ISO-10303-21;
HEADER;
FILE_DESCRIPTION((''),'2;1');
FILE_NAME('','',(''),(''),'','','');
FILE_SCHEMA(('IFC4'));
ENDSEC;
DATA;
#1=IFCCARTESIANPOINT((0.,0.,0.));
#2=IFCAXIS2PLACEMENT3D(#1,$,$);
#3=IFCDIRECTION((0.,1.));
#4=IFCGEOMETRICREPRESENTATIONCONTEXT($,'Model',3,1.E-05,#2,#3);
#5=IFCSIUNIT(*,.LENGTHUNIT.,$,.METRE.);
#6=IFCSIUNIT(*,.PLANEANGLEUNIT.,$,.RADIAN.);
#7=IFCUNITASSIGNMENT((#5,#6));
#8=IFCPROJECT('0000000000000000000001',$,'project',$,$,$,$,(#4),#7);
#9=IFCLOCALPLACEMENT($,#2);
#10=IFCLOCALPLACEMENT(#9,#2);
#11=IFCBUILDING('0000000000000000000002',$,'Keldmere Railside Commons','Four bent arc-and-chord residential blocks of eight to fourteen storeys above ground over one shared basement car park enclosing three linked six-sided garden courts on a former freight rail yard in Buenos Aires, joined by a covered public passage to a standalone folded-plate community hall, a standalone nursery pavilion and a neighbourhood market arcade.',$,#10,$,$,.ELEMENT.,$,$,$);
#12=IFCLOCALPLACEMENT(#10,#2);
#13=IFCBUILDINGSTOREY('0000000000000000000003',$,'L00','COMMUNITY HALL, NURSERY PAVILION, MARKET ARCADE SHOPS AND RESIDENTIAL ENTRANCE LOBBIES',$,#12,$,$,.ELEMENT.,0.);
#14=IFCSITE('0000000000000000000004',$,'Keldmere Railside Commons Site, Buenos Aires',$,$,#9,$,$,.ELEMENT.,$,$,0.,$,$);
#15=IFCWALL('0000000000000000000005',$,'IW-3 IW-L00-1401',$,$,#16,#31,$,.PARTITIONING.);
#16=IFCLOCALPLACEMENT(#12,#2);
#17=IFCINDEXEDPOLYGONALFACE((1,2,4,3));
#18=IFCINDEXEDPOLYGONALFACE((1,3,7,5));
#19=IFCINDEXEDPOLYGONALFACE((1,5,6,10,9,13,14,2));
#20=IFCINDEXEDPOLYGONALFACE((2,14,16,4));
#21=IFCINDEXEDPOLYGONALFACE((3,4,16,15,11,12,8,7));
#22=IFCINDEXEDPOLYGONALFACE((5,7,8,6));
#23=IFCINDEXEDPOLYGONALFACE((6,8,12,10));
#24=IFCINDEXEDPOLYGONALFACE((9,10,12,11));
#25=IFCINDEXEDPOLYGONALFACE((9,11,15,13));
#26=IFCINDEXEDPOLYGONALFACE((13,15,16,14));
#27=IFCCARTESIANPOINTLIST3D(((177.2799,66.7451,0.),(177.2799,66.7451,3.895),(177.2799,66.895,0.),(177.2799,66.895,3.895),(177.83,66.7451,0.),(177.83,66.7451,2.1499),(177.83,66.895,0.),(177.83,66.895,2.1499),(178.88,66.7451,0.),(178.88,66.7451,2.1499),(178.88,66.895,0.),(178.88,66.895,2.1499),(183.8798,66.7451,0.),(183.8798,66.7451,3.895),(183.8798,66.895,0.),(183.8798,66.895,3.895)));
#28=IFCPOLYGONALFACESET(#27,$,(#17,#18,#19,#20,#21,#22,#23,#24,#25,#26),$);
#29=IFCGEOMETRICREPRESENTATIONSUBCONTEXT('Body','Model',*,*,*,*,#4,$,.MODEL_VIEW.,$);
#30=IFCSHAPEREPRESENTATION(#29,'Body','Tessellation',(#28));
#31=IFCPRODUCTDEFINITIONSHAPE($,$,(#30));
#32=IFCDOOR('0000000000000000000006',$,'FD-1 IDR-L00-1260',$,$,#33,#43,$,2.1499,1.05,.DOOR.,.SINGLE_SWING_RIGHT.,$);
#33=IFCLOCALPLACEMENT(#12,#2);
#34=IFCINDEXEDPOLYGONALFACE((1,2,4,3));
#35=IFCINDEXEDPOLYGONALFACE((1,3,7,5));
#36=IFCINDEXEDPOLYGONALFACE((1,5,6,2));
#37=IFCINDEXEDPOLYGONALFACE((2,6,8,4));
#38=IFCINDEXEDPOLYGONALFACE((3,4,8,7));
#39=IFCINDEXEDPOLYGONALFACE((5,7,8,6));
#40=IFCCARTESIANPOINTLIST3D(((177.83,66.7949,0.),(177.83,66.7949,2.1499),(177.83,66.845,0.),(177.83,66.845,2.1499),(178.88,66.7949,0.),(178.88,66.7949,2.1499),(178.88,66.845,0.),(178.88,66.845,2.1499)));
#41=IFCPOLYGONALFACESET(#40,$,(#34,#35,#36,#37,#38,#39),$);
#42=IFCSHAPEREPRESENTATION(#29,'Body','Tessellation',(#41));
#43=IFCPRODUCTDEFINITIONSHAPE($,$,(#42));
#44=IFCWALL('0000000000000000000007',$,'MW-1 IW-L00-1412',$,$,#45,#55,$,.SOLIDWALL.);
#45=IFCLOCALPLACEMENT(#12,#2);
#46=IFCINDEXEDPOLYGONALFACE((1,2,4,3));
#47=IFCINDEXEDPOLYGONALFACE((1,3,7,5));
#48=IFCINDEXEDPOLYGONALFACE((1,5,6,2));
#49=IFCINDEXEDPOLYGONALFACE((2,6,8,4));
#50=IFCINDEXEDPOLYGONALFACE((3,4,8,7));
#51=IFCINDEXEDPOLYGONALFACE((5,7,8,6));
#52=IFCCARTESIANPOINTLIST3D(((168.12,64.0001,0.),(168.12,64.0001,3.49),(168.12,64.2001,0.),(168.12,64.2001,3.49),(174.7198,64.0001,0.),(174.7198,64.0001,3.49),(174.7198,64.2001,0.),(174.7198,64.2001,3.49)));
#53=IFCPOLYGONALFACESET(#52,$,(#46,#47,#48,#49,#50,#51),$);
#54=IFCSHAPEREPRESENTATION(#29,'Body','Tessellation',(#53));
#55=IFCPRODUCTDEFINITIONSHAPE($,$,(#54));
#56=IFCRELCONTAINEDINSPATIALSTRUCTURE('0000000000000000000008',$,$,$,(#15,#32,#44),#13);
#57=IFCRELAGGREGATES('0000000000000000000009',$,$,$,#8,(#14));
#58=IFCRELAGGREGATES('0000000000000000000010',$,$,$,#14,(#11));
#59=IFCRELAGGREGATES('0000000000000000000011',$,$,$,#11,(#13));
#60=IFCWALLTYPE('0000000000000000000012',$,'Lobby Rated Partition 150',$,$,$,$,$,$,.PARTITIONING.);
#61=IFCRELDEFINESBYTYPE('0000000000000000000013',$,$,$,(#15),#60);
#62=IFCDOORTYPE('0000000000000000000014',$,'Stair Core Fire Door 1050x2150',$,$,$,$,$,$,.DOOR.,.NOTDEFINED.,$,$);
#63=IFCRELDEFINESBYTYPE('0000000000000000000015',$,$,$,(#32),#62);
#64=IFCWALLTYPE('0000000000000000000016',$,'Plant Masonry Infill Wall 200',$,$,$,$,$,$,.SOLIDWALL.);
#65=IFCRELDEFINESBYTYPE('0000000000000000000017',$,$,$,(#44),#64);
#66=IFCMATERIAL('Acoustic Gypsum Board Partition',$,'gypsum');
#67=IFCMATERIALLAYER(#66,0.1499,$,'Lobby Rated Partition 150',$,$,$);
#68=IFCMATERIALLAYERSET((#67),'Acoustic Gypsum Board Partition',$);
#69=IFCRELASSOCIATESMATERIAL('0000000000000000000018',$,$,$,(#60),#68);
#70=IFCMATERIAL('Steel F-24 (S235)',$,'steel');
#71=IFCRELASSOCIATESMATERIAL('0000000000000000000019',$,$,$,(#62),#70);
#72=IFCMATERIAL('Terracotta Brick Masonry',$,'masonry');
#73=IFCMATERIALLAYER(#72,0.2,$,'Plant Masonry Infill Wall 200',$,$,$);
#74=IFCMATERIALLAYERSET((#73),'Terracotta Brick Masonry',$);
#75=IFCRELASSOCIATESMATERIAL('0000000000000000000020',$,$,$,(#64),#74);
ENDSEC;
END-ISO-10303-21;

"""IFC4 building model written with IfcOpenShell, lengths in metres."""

from ifc_helpers import new_model, si_unit, direction, frame, frame_2d, origin, place, context, subcontext, project, spatial, rectangle, extrude, material, layer, layer_set, type_object, element, fill, save


model = new_model("IFC4")

# Units and contexts
model_context = context("Model", 3, precision=1e-05, world=origin(), true_north=direction((0.0, 1.0)))
body_context = subcontext(model_context, "Body", "Model", "MODEL_VIEW")
ifc_project = project(units=[si_unit("LENGTHUNIT", "METRE"), si_unit("PLANEANGLEUNIT", "RADIAN")], contexts=[model_context])

# Site, building, storey
site_placement = place(None, origin())
site = spatial("IfcSite", under=ifc_project, at=site_placement, Name="Keldmere Railside Commons Site, Buenos Aires", CompositionType="ELEMENT", RefElevation=0.0)
building_placement = place(site_placement, origin())
building = spatial("IfcBuilding", under=site, at=building_placement, Name="Keldmere Railside Commons", Description="Four bent arc-and-chord residential blocks of eight to fourteen storeys above ground over one shared basement car park enclosing three linked six-sided garden courts on a former freight rail yard in Buenos Aires, joined by a covered public passage to a standalone folded-plate community hall, a standalone nursery pavilion and a neighbourhood market arcade.", CompositionType="ELEMENT")
storey_placement = place(building_placement, origin())
storey = spatial("IfcBuildingStorey", under=building, at=storey_placement, Name="L00", Description="COMMUNITY HALL, NURSERY PAVILION, MARKET ARCADE SHOPS AND RESIDENTIAL ENTRANCE LOBBIES", CompositionType="ELEMENT", Elevation=0.0)

# Wall, opening, door
ifc_material_1 = material(Name="Acoustic Gypsum Board Partition", Category="gypsum")
ifc_layer_1 = layer(ifc_material_1, 0.1499, Name="Lobby Rated Partition 150")
ifc_layer_set_1 = layer_set([ifc_layer_1], Name="Acoustic Gypsum Board Partition")
wall_type_1 = type_object("IfcWallType", Name="Lobby Rated Partition 150", PredefinedType="PARTITIONING", material=ifc_layer_set_1)
wall_1_placement = place(storey_placement, frame((177.28, 66.8201, 0.0), z_axis=(0.0, 0.0, 1.0), x_axis=(1.0, 0.0, 0.0)))
wall_1 = element("IfcWall", 1, at=wall_1_placement, inside=storey, type_object=wall_type_1, Name="IW-3 IW-L00-1401", PredefinedType="PARTITIONING", context=body_context, shape_type="SweptSolid", body=[
    extrude(rectangle(XDim=6.5999, YDim=0.1499, at=frame_2d((3.2998, 0.0))), origin(), (0.0, 0.0, 1.0), 3.895),
])
opening_placement = place(wall_1_placement, frame((0.55, 0.0, 0.0)))
opening = element("IfcOpeningElement", 2, at=opening_placement, cuts=wall_1, PredefinedType="OPENING", context=body_context, shape_type="SweptSolid", body=[
    extrude(rectangle(XDim=1.05, YDim=2.1499, at=frame_2d((0.5249, 1.075))), frame((0.0, 0.085, 0.0), z_axis=(0.0, -1.0, 0.0), x_axis=(1.0, 0.0, 0.0)), (0.0, 0.0, 1.0), 0.1699),
])
ifc_material_2 = material(Name="Steel F-24 (S235)", Category="steel")
door_type = type_object("IfcDoorType", Name="Stair Core Fire Door 1050x2150", OperationType="NOTDEFINED", PredefinedType="DOOR", material=ifc_material_2)
door_placement = place(opening_placement, origin())
door = element("IfcDoor", 3, at=door_placement, inside=storey, type_object=door_type, Name="FD-1 IDR-L00-1260", OperationType="SINGLE_SWING_RIGHT", OverallHeight=2.1499, OverallWidth=1.05, PredefinedType="DOOR", context=body_context, shape_type="SweptSolid", body=[
    extrude(rectangle(XDim=1.05, YDim=2.1499, at=frame_2d((0.5249, 1.075))), frame((0.0, 0.0249, 0.0), z_axis=(0.0, -1.0, 0.0), x_axis=(1.0, 0.0, 0.0)), (0.0, 0.0, 1.0), 0.05),
])
fill(opening, door)

# Wall
ifc_material_3 = material(Name="Terracotta Brick Masonry", Category="masonry")
ifc_layer_2 = layer(ifc_material_3, 0.2, Name="Plant Masonry Infill Wall 200")
ifc_layer_set_2 = layer_set([ifc_layer_2], Name="Terracotta Brick Masonry")
wall_type_2 = type_object("IfcWallType", Name="Plant Masonry Infill Wall 200", PredefinedType="SOLIDWALL", material=ifc_layer_set_2)
wall_2_placement = place(storey_placement, frame((168.1201, 64.1001, 0.0), z_axis=(0.0, 0.0, 1.0), x_axis=(1.0, 0.0, 0.0)))
element("IfcWall", 4, at=wall_2_placement, inside=storey, type_object=wall_type_2, Name="MW-1 IW-L00-1412", PredefinedType="SOLIDWALL", context=body_context, shape_type="SweptSolid", body=[
    extrude(rectangle(XDim=6.5999, YDim=0.2, at=frame_2d((3.2998, 0.0))), origin(), (0.0, 0.0, 1.0), 3.49),
])

save(model, "model.ifc")
